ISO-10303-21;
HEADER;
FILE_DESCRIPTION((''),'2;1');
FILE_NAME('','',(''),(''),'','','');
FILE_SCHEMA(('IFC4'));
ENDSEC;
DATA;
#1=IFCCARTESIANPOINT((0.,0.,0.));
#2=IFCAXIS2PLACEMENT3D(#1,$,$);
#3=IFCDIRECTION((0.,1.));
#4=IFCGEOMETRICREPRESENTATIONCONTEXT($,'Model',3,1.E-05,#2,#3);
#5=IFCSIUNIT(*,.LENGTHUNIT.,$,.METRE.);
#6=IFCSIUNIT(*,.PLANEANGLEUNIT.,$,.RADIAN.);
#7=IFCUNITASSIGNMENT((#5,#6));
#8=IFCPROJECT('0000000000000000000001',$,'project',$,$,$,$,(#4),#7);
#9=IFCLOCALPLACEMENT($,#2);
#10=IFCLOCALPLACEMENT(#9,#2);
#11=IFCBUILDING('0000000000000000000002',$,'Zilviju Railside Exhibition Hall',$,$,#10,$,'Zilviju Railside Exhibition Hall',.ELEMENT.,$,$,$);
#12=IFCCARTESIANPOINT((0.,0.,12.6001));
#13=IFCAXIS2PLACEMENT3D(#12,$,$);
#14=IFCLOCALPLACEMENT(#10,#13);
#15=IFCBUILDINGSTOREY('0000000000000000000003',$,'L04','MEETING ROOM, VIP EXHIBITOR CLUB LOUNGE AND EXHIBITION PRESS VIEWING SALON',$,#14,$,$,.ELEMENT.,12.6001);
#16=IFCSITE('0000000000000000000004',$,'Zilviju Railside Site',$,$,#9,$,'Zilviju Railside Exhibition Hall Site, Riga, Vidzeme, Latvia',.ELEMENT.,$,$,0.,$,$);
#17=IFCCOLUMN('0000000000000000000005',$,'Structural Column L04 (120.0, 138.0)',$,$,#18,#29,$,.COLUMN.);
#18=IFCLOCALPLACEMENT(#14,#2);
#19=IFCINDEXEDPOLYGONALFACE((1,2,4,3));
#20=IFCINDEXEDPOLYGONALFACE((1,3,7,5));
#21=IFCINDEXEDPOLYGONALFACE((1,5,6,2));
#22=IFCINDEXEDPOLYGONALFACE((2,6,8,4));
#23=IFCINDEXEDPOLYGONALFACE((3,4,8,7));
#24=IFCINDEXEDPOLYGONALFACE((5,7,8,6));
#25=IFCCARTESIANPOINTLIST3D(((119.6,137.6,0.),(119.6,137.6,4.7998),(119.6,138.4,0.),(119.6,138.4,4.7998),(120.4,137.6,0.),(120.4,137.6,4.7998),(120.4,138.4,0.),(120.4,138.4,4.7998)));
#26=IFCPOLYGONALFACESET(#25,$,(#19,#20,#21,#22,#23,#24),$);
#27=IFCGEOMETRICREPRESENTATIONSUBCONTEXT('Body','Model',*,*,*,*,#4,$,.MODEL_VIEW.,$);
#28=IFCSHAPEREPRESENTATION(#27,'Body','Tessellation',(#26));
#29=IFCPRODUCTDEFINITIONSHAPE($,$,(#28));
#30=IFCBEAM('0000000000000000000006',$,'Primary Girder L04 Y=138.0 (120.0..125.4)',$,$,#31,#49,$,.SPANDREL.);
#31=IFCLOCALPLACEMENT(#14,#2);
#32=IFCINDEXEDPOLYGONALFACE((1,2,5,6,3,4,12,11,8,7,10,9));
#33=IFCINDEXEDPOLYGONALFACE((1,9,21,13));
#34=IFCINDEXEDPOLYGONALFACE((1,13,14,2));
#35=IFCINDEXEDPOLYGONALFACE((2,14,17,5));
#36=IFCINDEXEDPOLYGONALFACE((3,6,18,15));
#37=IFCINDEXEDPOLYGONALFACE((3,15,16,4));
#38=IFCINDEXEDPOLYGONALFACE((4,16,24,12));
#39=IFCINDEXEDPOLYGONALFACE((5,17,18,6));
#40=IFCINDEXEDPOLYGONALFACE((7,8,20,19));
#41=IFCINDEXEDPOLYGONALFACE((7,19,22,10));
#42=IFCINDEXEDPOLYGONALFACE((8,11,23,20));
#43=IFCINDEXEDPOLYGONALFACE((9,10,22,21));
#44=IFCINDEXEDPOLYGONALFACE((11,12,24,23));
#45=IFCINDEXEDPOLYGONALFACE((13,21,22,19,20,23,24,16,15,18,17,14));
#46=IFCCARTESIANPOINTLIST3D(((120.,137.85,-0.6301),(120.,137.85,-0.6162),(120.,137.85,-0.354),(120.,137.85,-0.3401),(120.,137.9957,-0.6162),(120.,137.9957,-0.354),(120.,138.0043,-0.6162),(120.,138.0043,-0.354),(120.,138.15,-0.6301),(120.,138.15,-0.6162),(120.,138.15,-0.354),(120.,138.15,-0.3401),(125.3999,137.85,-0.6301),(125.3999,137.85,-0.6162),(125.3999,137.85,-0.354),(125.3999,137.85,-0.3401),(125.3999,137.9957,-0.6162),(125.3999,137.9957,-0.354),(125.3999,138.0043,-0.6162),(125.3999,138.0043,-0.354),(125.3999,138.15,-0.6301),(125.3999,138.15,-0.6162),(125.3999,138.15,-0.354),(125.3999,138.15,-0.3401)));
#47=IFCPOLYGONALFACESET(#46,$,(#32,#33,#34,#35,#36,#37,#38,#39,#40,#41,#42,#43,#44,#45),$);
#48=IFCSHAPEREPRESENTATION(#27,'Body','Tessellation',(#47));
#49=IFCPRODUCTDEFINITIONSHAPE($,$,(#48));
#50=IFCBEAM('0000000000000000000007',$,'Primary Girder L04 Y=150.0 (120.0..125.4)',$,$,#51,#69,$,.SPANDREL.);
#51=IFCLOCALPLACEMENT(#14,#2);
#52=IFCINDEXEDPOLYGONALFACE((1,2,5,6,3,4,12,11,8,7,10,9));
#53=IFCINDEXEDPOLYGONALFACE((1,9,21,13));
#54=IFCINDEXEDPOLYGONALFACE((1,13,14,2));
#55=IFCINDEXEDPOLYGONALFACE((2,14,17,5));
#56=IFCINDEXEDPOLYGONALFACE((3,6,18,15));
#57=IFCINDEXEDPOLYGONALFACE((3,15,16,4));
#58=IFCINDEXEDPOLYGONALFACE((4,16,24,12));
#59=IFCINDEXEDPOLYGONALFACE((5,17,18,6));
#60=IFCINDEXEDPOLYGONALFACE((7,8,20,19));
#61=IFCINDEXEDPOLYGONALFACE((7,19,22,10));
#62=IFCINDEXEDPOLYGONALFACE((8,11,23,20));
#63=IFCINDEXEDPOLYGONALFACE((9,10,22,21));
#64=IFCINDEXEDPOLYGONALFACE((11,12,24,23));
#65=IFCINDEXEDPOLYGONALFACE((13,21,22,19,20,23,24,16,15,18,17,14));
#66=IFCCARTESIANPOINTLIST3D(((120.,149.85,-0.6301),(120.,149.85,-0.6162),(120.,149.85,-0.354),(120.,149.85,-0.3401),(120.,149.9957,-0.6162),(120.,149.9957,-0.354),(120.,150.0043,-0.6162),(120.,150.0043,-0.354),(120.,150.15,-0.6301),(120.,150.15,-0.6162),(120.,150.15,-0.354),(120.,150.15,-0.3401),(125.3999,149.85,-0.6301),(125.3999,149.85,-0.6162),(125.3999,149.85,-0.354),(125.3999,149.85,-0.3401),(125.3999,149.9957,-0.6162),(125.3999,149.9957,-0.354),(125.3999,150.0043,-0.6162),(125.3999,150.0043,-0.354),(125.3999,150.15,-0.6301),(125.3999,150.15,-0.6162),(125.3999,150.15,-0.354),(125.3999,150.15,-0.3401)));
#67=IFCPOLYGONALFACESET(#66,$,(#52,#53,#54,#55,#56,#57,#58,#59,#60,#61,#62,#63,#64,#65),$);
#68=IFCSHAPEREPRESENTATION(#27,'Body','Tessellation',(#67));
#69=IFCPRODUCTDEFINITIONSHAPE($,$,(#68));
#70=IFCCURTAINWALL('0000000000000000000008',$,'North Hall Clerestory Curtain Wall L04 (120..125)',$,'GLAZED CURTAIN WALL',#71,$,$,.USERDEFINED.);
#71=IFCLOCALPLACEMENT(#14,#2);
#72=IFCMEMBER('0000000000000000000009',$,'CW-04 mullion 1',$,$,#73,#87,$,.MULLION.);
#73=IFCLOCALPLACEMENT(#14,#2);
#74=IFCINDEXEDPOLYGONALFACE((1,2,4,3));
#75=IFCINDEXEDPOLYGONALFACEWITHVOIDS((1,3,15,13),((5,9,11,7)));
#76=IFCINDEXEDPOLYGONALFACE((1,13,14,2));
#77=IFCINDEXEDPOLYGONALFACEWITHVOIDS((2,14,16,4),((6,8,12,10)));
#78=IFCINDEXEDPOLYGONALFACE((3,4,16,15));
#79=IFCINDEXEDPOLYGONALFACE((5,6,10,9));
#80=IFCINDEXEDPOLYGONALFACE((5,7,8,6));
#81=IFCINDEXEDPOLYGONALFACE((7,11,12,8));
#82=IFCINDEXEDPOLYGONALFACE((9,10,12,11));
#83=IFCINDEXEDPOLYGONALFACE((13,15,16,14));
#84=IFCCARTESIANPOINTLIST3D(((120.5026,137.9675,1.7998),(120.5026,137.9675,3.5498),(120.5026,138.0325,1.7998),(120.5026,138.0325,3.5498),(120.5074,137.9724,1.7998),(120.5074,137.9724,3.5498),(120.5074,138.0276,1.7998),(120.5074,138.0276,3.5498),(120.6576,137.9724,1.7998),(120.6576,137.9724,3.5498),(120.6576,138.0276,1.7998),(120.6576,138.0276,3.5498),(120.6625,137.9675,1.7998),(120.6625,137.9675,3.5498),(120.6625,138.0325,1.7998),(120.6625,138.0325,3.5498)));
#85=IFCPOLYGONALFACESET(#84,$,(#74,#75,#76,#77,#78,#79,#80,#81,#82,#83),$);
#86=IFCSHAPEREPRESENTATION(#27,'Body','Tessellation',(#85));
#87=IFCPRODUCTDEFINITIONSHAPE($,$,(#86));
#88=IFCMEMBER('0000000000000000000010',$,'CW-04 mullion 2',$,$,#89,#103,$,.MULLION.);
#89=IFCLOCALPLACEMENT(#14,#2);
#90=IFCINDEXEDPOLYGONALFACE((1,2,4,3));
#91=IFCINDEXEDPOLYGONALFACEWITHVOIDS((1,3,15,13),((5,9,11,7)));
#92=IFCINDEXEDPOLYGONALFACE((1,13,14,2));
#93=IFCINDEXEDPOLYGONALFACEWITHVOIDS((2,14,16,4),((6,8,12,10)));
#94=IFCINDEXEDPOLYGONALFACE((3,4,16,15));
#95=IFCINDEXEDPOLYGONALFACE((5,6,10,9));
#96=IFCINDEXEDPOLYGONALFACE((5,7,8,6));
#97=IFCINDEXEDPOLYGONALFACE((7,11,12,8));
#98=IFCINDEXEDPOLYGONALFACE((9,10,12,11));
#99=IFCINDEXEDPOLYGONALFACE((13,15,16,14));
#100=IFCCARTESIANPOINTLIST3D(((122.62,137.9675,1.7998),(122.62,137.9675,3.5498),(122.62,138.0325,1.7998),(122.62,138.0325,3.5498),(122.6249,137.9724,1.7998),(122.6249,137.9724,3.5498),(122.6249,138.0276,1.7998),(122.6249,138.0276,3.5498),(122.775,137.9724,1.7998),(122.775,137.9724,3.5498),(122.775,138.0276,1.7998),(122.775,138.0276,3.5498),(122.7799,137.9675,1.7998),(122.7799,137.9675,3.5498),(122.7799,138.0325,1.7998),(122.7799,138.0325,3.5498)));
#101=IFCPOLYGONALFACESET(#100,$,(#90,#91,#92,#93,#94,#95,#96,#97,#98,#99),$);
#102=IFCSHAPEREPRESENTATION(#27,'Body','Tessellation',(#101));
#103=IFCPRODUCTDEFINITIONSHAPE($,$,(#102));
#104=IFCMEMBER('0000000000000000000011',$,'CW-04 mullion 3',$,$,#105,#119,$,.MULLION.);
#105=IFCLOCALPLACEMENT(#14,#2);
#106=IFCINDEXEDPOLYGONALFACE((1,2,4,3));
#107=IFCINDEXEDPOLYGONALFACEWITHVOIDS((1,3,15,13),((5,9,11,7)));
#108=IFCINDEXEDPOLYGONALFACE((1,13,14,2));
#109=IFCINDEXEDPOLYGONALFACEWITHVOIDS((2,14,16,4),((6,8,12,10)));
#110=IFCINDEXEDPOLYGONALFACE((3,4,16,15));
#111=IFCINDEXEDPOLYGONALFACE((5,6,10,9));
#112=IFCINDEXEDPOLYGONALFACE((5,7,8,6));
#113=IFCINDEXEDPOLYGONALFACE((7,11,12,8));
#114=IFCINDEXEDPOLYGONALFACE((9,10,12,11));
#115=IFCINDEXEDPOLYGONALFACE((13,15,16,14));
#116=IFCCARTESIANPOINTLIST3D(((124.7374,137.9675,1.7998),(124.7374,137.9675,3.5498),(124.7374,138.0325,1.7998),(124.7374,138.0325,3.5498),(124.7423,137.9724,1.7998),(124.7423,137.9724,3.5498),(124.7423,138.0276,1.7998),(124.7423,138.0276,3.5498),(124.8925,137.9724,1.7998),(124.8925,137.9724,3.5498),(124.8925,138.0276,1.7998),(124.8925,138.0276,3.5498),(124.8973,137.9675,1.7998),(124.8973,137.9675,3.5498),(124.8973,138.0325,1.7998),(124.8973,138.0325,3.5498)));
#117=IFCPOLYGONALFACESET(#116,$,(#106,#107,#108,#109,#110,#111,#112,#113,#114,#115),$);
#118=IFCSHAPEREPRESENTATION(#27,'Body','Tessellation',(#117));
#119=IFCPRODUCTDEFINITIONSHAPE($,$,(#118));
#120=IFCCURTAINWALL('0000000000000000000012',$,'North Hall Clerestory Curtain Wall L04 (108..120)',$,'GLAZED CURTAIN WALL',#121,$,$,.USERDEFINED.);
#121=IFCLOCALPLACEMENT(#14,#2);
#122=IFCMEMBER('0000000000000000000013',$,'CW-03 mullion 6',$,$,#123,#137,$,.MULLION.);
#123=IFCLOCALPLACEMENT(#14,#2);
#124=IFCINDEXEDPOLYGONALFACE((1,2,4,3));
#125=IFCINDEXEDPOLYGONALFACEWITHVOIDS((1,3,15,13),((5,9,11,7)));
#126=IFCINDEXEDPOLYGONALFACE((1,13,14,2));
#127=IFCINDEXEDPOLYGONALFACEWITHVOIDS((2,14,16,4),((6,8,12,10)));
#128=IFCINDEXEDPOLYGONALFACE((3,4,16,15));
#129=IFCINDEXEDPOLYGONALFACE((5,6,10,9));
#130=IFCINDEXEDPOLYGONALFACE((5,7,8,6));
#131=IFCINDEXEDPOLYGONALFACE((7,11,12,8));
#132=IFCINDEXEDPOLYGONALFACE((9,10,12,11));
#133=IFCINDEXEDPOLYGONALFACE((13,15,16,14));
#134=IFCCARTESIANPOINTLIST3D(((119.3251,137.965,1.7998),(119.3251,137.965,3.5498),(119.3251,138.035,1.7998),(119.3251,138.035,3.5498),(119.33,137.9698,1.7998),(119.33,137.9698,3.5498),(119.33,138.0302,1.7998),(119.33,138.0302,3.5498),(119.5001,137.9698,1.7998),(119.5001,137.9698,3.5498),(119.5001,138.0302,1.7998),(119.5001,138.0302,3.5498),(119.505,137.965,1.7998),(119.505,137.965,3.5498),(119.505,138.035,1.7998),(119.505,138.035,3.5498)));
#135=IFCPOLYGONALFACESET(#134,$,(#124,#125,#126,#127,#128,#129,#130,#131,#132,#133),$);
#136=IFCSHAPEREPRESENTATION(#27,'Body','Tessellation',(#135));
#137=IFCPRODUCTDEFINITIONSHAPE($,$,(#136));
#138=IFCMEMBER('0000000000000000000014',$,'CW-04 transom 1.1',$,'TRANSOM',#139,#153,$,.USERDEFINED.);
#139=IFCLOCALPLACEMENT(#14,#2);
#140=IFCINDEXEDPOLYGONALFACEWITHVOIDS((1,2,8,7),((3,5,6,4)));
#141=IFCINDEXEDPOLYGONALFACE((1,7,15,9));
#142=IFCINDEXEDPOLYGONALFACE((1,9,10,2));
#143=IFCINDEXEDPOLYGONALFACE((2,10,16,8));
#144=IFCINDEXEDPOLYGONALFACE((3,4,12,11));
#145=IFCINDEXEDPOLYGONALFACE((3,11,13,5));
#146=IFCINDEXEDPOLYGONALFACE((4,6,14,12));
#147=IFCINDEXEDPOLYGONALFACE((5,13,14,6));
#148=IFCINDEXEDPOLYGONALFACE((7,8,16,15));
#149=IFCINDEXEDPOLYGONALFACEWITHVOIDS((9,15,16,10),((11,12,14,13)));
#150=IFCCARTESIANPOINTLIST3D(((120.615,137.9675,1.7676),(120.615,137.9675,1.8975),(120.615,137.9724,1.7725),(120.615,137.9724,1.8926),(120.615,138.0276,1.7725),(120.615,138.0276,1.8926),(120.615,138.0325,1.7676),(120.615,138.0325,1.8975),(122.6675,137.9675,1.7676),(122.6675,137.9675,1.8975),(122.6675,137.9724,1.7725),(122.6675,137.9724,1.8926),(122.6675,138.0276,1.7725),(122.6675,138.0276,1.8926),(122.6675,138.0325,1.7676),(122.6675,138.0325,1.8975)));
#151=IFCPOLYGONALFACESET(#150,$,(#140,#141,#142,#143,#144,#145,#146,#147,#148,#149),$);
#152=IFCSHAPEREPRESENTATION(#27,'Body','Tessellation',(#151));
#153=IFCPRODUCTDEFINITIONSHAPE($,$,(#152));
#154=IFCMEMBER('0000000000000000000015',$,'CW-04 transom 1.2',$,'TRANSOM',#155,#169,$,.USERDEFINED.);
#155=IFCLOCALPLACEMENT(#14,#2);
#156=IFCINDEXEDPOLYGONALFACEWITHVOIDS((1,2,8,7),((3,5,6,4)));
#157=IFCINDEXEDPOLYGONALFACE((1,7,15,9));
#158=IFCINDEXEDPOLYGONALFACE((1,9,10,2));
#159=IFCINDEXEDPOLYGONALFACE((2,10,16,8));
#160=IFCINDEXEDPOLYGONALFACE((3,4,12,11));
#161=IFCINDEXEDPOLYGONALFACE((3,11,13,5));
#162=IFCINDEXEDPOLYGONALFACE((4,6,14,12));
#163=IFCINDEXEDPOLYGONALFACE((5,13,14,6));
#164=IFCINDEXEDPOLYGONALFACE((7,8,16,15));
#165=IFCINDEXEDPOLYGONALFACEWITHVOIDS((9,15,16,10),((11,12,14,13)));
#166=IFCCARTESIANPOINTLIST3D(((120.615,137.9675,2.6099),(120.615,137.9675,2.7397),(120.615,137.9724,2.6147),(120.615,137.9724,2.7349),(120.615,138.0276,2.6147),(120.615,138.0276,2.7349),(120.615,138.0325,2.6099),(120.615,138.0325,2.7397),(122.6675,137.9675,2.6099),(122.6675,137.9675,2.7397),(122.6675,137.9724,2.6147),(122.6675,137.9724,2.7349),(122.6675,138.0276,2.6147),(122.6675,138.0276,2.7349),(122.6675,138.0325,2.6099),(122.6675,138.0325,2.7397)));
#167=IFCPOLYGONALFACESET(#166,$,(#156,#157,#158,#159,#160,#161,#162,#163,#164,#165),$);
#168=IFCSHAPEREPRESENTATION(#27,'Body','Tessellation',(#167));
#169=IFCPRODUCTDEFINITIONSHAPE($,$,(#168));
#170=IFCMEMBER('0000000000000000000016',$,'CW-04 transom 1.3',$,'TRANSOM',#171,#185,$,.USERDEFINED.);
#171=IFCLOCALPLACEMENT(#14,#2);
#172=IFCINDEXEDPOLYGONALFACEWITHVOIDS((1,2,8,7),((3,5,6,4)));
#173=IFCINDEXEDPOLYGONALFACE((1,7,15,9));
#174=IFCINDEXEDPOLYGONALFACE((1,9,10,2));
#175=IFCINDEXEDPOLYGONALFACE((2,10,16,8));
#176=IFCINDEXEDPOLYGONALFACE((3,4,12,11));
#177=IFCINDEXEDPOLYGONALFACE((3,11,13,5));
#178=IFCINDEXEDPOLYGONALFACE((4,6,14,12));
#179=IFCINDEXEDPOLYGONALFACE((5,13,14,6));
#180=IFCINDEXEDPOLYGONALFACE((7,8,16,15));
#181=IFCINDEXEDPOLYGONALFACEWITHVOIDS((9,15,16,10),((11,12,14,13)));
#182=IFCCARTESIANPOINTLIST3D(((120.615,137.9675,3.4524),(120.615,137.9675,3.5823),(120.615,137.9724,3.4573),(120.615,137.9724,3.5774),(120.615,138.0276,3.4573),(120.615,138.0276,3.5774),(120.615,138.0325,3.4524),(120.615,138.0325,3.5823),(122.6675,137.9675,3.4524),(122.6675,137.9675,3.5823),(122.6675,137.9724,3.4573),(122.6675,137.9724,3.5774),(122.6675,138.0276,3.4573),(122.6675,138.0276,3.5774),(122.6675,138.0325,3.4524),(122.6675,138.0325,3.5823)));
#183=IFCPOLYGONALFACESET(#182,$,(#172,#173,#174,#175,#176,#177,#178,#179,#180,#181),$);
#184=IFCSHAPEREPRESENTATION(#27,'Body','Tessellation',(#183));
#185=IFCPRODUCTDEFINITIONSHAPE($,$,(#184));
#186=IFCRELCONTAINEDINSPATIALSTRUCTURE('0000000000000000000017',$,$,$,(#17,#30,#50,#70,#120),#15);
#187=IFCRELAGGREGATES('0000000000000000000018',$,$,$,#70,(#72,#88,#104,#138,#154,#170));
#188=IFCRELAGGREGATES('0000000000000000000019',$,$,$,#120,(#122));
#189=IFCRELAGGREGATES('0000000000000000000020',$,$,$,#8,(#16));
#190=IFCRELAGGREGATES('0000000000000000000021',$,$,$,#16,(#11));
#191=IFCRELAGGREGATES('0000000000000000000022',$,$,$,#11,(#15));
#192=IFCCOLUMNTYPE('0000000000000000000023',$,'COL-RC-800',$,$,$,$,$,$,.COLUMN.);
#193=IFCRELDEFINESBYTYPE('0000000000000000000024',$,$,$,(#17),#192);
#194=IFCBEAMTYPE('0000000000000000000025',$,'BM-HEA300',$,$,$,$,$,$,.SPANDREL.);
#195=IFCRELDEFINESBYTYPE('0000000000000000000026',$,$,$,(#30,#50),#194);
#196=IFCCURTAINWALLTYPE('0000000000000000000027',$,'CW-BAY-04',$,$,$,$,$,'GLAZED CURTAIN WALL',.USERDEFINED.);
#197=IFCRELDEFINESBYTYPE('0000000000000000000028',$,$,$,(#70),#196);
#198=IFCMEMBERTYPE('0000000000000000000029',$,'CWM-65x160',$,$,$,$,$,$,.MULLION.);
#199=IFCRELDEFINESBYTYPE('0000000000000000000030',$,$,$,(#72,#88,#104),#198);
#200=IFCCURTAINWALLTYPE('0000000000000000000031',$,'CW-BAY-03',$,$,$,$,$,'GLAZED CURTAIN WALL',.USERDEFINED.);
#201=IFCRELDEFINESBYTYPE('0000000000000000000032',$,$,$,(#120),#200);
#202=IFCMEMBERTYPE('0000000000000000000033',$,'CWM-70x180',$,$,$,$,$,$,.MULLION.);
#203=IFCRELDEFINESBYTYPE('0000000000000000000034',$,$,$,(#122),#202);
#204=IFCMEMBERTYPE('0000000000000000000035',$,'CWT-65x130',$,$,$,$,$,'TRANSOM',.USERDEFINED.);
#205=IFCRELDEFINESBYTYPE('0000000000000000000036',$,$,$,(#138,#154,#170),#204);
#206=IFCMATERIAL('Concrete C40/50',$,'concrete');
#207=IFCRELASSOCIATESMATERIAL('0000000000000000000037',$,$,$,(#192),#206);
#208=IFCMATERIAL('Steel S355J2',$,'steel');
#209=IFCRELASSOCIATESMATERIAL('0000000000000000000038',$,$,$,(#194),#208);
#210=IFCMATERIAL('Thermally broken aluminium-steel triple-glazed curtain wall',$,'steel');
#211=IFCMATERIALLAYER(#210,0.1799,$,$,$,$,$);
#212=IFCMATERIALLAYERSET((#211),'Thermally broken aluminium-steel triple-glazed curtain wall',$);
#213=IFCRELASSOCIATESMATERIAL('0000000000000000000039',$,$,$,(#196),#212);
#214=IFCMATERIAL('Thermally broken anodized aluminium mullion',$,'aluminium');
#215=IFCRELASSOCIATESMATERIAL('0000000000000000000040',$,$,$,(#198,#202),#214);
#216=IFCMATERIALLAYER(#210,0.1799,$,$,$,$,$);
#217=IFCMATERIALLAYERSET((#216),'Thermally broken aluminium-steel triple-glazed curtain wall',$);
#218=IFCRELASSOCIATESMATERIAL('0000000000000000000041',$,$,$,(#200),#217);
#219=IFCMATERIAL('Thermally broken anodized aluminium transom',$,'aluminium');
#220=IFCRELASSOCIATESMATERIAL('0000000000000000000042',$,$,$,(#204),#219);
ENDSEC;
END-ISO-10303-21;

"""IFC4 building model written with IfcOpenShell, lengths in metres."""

from ifc_helpers import new_model, si_unit, direction, frame, origin, origin_2d, place, context, subcontext, project, spatial, rectangle, hollow_rectangle, i_section, extrude, material, layer, layer_set, material_profile, profile_set, type_object, element, aggregate, save


model = new_model("IFC4")

# Units and contexts
model_context = context("Model", 3, precision=1e-05, world=origin(), true_north=direction((0.0, 1.0)))
body_context = subcontext(model_context, "Body", "Model", "MODEL_VIEW")
ifc_project = project(units=[si_unit("LENGTHUNIT", "METRE"), si_unit("PLANEANGLEUNIT", "RADIAN")], contexts=[model_context])

# Site, building, storey
site_placement = place(None, origin())
site = spatial("IfcSite", under=ifc_project, at=site_placement, Name="Zilviju Railside Site", LongName="Zilviju Railside Exhibition Hall Site, Riga, Vidzeme, Latvia", CompositionType="ELEMENT", RefElevation=0.0)
building_placement = place(site_placement, origin())
building = spatial("IfcBuilding", under=site, at=building_placement, Name="Zilviju Railside Exhibition Hall", LongName="Zilviju Railside Exhibition Hall", CompositionType="ELEMENT")
storey_placement = place(building_placement, frame((0.0, 0.0, 12.6001)))
storey = spatial("IfcBuildingStorey", under=building, at=storey_placement, Name="L04", Description="MEETING ROOM, VIP EXHIBITOR CLUB LOUNGE AND EXHIBITION PRESS VIEWING SALON", CompositionType="ELEMENT", Elevation=12.6001)

# Column
ifc_material_1 = material(Name="Concrete C40/50", Category="concrete")
ifc_material_profile_1 = material_profile(ifc_material_1, rectangle(XDim=0.8, YDim=0.8, at=origin_2d()), Name="RC COL 800x800")
ifc_profile_set_1 = profile_set([ifc_material_profile_1], Name="Concrete C40/50")
column_type = type_object("IfcColumnType", Name="COL-RC-800", PredefinedType="COLUMN", material=ifc_profile_set_1)
column_placement = place(storey_placement, frame((120.0, 138.0, 0.0), z_axis=(0.0, 0.0, 1.0), x_axis=(1.0, 0.0, 0.0)))
element("IfcColumn", 1, at=column_placement, inside=storey, type_object=column_type, Name="Structural Column L04 (120.0, 138.0)", PredefinedType="COLUMN", context=body_context, shape_type="SweptSolid", body=[
    extrude(rectangle(XDim=0.8, YDim=0.8, at=origin_2d()), origin(), (0.0, 0.0, 1.0), 4.7998),
])

# Beams
ifc_material_2 = material(Name="Steel S355J2", Category="steel")
ifc_material_profile_2 = material_profile(ifc_material_2, i_section(OverallWidth=0.3, OverallDepth=0.29, WebThickness=0.0085, FlangeThickness=0.0139, at=origin_2d()), Name="HEA 300")
ifc_profile_set_2 = profile_set([ifc_material_profile_2], Name="Steel S355J2")
beam_type = type_object("IfcBeamType", Name="BM-HEA300", PredefinedType="SPANDREL", material=ifc_profile_set_2)
for number, where, z_axis, x_axis, name in (
    (2, (120.0, 138.0, -0.4851), (1.0, 0.0, 0.0), (0.0, 1.0, 0.0), "Primary Girder L04 Y=138.0 (120.0..125.4)"),
    (3, (120.0, 150.0, -0.4851), (1.0, 0.0, 0.0), (0.0, 1.0, 0.0), "Primary Girder L04 Y=150.0 (120.0..125.4)"),
):
    element("IfcBeam", number, at=place(storey_placement, frame(where, z_axis=z_axis, x_axis=x_axis)), inside=storey, type_object=beam_type, Name=name, PredefinedType="SPANDREL", context=body_context, shape_type="SweptSolid", body=[
        extrude(i_section(OverallWidth=0.3, OverallDepth=0.29, WebThickness=0.0085, FlangeThickness=0.0139, at=origin_2d()), origin(), (0.0, 0.0, 1.0), 5.3999),
    ])

# Curtain wall, members
ifc_material_3 = material(Name="Thermally broken aluminium-steel triple-glazed curtain wall", Category="steel")
ifc_layer_1 = layer(ifc_material_3, 0.1799)
ifc_layer_set_1 = layer_set([ifc_layer_1], Name="Thermally broken aluminium-steel triple-glazed curtain wall")
curtain_wall_type_1 = type_object("IfcCurtainWallType", Name="CW-BAY-04", ElementType="GLAZED CURTAIN WALL", PredefinedType="USERDEFINED", material=ifc_layer_set_1)
curtain_wall_1_placement = place(storey_placement, origin())
curtain_wall_1 = element("IfcCurtainWall", 4, at=curtain_wall_1_placement, inside=storey, type_object=curtain_wall_type_1, Name="North Hall Clerestory Curtain Wall L04 (120..125)", ObjectType="GLAZED CURTAIN WALL", PredefinedType="USERDEFINED")
ifc_material_4 = material(Name="Thermally broken anodized aluminium mullion", Category="aluminium")
ifc_material_profile_3 = material_profile(ifc_material_4, hollow_rectangle(XDim=0.0649, YDim=0.1599, WallThickness=0.0049, at=origin_2d()), Name="MULLION 160x65x5")
ifc_profile_set_3 = profile_set([ifc_material_profile_3], Name="Thermally broken anodized aluminium mullion")
member_type_1 = type_object("IfcMemberType", Name="CWM-65x160", PredefinedType="MULLION", material=ifc_profile_set_3)
member_1_placement = place(storey_placement, frame((120.5825, 138.0, 1.7998), z_axis=(0.0, 0.0, 1.0), x_axis=(0.0, 1.0, 0.0)))
member_1 = element("IfcMember", 5, at=member_1_placement, type_object=member_type_1, Name="CW-04 mullion 1", PredefinedType="MULLION", context=body_context, shape_type="SweptSolid", body=[
    extrude(hollow_rectangle(XDim=0.0649, YDim=0.1599, WallThickness=0.0049, at=origin_2d()), origin(), (0.0, 0.0, 1.0), 1.75),
])
member_2_placement = place(storey_placement, frame((122.7, 138.0, 1.7998), z_axis=(0.0, 0.0, 1.0), x_axis=(0.0, 1.0, 0.0)))
member_2 = element("IfcMember", 6, at=member_2_placement, type_object=member_type_1, Name="CW-04 mullion 2", PredefinedType="MULLION", context=body_context, shape_type="SweptSolid", body=[
    extrude(hollow_rectangle(XDim=0.0649, YDim=0.1599, WallThickness=0.0049, at=origin_2d()), origin(), (0.0, 0.0, 1.0), 1.75),
])
member_3_placement = place(storey_placement, frame((124.8174, 138.0, 1.7998), z_axis=(0.0, 0.0, 1.0), x_axis=(0.0, 1.0, 0.0)))
member_3 = element("IfcMember", 7, at=member_3_placement, type_object=member_type_1, Name="CW-04 mullion 3", PredefinedType="MULLION", context=body_context, shape_type="SweptSolid", body=[
    extrude(hollow_rectangle(XDim=0.0649, YDim=0.1599, WallThickness=0.0049, at=origin_2d()), origin(), (0.0, 0.0, 1.0), 1.75),
])

# Curtain wall, member
ifc_layer_2 = layer(ifc_material_3, 0.1799)
ifc_layer_set_2 = layer_set([ifc_layer_2], Name="Thermally broken aluminium-steel triple-glazed curtain wall")
curtain_wall_type_2 = type_object("IfcCurtainWallType", Name="CW-BAY-03", ElementType="GLAZED CURTAIN WALL", PredefinedType="USERDEFINED", material=ifc_layer_set_2)
curtain_wall_2_placement = place(storey_placement, origin())
curtain_wall_2 = element("IfcCurtainWall", 8, at=curtain_wall_2_placement, inside=storey, type_object=curtain_wall_type_2, Name="North Hall Clerestory Curtain Wall L04 (108..120)", ObjectType="GLAZED CURTAIN WALL", PredefinedType="USERDEFINED")
ifc_material_profile_4 = material_profile(ifc_material_4, hollow_rectangle(XDim=0.0701, YDim=0.1799, WallThickness=0.0049, at=origin_2d()), Name="MULLION 180x70x5")
ifc_profile_set_4 = profile_set([ifc_material_profile_4], Name="Thermally broken anodized aluminium mullion")
member_type_2 = type_object("IfcMemberType", Name="CWM-70x180", PredefinedType="MULLION", material=ifc_profile_set_4)
member_4_placement = place(storey_placement, frame((119.415, 138.0, 1.7998), z_axis=(0.0, 0.0, 1.0), x_axis=(0.0, 1.0, 0.0)))
member_4 = element("IfcMember", 9, at=member_4_placement, type_object=member_type_2, Name="CW-03 mullion 6", PredefinedType="MULLION", context=body_context, shape_type="SweptSolid", body=[
    extrude(hollow_rectangle(XDim=0.0701, YDim=0.1799, WallThickness=0.0049, at=origin_2d()), origin(), (0.0, 0.0, 1.0), 1.75),
])

# Members
ifc_material_5 = material(Name="Thermally broken anodized aluminium transom", Category="aluminium")
ifc_material_profile_5 = material_profile(ifc_material_5, hollow_rectangle(XDim=0.0649, YDim=0.1299, WallThickness=0.0049, at=origin_2d()), Name="TRANSOM 130x65x5")
ifc_profile_set_5 = profile_set([ifc_material_profile_5], Name="Thermally broken anodized aluminium transom")
member_type_3 = type_object("IfcMemberType", Name="CWT-65x130", ElementType="TRANSOM", PredefinedType="USERDEFINED", material=ifc_profile_set_5)
member_5_placement = place(storey_placement, frame((120.615, 138.0, 1.8325), z_axis=(1.0, 0.0, 0.0), x_axis=(0.0, 1.0, 0.0)))
member_5 = element("IfcMember", 10, at=member_5_placement, type_object=member_type_3, Name="CW-04 transom 1.1", ObjectType="TRANSOM", PredefinedType="USERDEFINED", context=body_context, shape_type="SweptSolid", body=[
    extrude(hollow_rectangle(XDim=0.0649, YDim=0.1299, WallThickness=0.0049, at=origin_2d()), origin(), (0.0, 0.0, 1.0), 2.0525),
])
member_6_placement = place(storey_placement, frame((120.615, 138.0, 2.6748), z_axis=(1.0, 0.0, 0.0), x_axis=(0.0, 1.0, 0.0)))
member_6 = element("IfcMember", 11, at=member_6_placement, type_object=member_type_3, Name="CW-04 transom 1.2", ObjectType="TRANSOM", PredefinedType="USERDEFINED", context=body_context, shape_type="SweptSolid", body=[
    extrude(hollow_rectangle(XDim=0.0649, YDim=0.1299, WallThickness=0.0049, at=origin_2d()), origin(), (0.0, 0.0, 1.0), 2.0525),
])
member_7_placement = place(storey_placement, frame((120.615, 138.0, 3.5173), z_axis=(1.0, 0.0, 0.0), x_axis=(0.0, 1.0, 0.0)))
member_7 = element("IfcMember", 12, at=member_7_placement, type_object=member_type_3, Name="CW-04 transom 1.3", ObjectType="TRANSOM", PredefinedType="USERDEFINED", context=body_context, shape_type="SweptSolid", body=[
    extrude(hollow_rectangle(XDim=0.0649, YDim=0.1299, WallThickness=0.0049, at=origin_2d()), origin(), (0.0, 0.0, 1.0), 2.0525),
])

aggregate(curtain_wall_1, [member_1, member_2, member_3, member_5, member_6, member_7])
aggregate(curtain_wall_2, [member_4])

save(model, "model.ifc")
